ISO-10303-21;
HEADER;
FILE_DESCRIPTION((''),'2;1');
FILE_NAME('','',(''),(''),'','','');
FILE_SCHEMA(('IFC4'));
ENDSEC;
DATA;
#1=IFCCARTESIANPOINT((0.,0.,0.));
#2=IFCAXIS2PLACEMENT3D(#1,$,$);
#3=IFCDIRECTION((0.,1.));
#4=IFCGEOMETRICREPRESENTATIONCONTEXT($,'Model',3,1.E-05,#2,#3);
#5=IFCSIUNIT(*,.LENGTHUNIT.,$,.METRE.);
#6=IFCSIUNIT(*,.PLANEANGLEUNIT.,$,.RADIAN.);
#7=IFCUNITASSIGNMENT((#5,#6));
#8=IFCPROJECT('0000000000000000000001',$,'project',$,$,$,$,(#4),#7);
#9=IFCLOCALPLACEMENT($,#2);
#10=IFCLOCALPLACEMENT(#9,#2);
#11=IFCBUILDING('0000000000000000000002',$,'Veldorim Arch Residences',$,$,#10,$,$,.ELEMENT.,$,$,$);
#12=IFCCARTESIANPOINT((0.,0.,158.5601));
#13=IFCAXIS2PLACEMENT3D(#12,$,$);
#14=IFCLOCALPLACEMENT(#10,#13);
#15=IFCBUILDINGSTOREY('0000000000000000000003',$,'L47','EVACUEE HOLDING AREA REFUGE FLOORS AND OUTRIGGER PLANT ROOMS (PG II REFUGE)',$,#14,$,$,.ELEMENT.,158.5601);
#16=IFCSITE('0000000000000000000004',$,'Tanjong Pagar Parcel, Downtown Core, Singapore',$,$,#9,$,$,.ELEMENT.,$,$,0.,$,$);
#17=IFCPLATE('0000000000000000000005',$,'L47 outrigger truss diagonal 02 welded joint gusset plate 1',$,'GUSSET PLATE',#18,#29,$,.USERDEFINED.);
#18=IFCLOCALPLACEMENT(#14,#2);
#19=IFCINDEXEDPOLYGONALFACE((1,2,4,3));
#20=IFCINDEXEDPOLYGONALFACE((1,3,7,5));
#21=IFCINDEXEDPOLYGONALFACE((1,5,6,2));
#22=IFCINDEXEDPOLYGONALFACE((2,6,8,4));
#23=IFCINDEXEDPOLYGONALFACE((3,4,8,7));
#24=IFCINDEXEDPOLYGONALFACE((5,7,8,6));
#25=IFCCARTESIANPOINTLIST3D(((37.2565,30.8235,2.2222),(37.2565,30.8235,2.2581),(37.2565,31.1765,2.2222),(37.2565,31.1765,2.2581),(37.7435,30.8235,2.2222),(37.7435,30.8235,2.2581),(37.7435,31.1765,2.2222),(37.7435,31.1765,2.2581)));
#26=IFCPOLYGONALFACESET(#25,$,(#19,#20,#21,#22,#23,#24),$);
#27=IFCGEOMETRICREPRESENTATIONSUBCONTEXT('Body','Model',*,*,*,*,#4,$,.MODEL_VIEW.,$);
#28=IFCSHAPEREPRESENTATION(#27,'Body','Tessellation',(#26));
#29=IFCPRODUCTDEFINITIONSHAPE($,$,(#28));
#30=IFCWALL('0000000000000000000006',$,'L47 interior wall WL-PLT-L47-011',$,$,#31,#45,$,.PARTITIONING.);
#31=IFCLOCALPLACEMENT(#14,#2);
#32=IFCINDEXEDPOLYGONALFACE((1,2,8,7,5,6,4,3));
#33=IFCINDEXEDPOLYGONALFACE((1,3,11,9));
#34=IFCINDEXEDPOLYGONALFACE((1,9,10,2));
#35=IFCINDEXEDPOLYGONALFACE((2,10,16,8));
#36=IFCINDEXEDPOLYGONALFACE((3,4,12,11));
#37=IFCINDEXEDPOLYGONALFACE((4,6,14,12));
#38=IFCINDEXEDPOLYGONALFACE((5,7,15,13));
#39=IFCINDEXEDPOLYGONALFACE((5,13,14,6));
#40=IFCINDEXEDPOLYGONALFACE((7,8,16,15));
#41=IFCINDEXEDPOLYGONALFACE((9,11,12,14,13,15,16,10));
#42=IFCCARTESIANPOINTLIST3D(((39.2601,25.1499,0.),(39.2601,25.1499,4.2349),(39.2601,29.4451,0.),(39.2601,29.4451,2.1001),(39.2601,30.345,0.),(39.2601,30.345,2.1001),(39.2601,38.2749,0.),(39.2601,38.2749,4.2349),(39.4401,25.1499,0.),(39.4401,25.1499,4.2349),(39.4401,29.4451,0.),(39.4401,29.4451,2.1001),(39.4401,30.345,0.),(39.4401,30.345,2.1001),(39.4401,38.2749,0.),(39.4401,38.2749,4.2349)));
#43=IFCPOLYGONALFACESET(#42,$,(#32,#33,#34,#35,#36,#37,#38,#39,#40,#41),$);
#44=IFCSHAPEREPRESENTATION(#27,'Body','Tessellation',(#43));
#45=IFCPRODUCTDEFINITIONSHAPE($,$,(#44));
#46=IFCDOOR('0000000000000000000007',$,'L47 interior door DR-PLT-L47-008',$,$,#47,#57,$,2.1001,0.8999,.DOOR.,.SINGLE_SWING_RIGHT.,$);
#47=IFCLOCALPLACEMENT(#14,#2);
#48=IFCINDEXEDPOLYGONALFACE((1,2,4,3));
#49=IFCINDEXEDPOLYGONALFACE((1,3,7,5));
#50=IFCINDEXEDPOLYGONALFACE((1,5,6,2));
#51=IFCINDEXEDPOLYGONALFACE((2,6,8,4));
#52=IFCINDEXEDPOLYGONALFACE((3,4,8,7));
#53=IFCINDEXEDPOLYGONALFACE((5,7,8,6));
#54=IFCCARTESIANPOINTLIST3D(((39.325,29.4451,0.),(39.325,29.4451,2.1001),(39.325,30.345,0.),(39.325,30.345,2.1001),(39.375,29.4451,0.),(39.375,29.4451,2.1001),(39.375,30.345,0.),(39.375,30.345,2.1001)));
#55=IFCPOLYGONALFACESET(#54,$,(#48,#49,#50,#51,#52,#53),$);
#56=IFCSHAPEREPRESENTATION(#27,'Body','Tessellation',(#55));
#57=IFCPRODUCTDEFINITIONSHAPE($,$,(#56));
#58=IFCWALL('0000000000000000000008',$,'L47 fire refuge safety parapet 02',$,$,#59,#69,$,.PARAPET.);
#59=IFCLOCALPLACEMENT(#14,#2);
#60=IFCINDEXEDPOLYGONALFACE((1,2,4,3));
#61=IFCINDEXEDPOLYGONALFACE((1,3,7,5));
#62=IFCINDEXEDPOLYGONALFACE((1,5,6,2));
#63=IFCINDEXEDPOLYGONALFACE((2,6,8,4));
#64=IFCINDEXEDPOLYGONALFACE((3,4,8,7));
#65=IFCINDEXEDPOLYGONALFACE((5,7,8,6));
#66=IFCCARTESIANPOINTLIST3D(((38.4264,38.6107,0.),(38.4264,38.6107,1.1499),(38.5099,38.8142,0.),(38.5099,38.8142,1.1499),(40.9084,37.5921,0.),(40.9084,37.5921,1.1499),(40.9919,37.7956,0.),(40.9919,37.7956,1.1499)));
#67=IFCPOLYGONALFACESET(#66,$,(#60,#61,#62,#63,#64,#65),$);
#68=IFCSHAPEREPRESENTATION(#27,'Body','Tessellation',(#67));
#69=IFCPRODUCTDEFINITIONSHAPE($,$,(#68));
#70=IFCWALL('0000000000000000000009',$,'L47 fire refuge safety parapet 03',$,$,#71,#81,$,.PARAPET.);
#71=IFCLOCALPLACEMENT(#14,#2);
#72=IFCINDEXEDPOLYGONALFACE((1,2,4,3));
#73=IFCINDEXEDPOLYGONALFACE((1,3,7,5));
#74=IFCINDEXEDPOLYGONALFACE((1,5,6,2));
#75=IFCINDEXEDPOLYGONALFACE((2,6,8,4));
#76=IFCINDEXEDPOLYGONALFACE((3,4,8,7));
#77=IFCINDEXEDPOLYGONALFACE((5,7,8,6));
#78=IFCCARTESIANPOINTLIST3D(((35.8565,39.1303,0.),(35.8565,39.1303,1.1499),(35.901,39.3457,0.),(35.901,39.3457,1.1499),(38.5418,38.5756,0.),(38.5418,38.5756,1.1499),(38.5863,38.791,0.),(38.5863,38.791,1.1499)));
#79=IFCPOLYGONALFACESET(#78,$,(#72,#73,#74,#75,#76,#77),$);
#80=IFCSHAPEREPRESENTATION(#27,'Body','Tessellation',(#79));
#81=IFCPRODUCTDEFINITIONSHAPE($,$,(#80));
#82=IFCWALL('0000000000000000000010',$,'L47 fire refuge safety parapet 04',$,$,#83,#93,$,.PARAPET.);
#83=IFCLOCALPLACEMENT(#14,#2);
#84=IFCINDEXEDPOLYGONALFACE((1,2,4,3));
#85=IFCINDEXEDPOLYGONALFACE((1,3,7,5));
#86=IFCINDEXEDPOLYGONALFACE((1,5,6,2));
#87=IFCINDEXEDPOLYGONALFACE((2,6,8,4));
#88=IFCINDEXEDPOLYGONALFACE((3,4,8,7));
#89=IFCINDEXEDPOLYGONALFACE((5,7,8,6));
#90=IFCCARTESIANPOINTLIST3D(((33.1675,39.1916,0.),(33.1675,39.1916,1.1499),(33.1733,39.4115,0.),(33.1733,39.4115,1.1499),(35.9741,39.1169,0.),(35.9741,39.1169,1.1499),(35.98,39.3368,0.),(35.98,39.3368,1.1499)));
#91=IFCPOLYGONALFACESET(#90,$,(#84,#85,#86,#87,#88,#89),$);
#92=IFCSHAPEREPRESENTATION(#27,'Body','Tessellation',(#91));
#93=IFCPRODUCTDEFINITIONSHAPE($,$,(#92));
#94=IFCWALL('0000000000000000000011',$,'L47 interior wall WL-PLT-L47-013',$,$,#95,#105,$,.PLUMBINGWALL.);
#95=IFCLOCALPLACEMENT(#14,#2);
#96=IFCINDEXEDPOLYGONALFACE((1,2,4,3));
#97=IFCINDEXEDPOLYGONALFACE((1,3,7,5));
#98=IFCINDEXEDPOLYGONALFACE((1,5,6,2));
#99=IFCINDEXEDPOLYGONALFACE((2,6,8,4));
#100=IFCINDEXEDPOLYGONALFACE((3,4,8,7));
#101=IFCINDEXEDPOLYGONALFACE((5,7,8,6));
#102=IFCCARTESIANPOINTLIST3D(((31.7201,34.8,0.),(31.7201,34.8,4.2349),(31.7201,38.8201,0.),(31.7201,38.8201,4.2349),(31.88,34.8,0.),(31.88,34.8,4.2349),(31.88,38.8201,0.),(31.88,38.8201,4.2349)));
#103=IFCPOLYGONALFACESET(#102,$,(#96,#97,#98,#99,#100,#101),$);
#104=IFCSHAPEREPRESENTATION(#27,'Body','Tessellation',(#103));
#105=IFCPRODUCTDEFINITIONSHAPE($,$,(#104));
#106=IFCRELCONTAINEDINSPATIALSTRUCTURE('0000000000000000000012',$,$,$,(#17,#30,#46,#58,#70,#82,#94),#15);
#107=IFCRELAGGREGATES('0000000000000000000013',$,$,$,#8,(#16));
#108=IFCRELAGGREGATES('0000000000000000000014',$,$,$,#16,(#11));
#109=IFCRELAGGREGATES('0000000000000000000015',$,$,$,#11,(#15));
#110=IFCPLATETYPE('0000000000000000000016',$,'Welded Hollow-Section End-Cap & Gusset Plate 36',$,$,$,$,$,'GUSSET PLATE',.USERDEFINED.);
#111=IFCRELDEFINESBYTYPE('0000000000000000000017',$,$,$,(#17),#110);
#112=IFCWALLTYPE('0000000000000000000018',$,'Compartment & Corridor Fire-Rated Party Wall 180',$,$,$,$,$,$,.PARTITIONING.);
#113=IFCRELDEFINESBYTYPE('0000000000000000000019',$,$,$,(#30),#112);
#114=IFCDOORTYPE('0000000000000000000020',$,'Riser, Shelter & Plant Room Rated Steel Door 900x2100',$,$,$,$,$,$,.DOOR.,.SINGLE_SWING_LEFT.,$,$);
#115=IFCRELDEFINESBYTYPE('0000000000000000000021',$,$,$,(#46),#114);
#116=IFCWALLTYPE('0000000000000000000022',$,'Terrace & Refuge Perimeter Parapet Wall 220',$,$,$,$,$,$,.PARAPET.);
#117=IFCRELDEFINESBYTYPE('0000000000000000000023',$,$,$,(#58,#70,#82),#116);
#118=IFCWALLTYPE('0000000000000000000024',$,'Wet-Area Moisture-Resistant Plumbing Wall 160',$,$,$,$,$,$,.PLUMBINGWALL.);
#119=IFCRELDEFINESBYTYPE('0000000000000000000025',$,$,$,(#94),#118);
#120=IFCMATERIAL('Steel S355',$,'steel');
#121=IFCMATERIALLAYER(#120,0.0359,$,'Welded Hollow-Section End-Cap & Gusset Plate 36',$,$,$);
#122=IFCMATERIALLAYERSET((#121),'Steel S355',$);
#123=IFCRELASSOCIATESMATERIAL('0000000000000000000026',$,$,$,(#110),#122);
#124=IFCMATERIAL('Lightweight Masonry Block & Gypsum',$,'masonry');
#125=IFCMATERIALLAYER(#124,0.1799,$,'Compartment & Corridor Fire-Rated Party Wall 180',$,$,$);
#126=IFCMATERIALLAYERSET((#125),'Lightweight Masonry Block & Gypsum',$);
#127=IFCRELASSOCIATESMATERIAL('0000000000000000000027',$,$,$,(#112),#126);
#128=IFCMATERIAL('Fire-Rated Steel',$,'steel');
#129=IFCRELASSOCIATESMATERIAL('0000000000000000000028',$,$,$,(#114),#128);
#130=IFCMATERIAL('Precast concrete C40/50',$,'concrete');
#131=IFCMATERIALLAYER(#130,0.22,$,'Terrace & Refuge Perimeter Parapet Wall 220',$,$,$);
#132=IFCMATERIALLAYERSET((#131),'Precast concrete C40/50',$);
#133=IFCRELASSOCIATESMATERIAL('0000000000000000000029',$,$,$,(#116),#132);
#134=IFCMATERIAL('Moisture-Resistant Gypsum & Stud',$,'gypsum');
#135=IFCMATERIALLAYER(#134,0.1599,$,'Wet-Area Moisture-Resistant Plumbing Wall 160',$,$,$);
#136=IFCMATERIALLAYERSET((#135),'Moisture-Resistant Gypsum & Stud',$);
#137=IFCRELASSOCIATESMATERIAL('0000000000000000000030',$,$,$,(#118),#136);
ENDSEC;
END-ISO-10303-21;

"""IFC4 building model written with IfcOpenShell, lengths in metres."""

from ifc_helpers import new_model, si_unit, direction, frame, frame_2d, origin, origin_2d, place, context, subcontext, project, spatial, rectangle, extrude, material, layer, layer_set, type_object, element, fill, save


model = new_model("IFC4")

# Units and contexts
model_context = context("Model", 3, precision=1e-05, world=origin(), true_north=direction((0.0, 1.0)))
body_context = subcontext(model_context, "Body", "Model", "MODEL_VIEW")
ifc_project = project(units=[si_unit("LENGTHUNIT", "METRE"), si_unit("PLANEANGLEUNIT", "RADIAN")], contexts=[model_context])

# Site, building, storey
site_placement = place(None, origin())
site = spatial("IfcSite", under=ifc_project, at=site_placement, Name="Tanjong Pagar Parcel, Downtown Core, Singapore", CompositionType="ELEMENT", RefElevation=0.0)
building_placement = place(site_placement, origin())
building = spatial("IfcBuilding", under=site, at=building_placement, Name="Veldorim Arch Residences", CompositionType="ELEMENT")
storey_placement = place(building_placement, frame((0.0, 0.0, 158.5601)))
storey = spatial("IfcBuildingStorey", under=building, at=storey_placement, Name="L47", Description="EVACUEE HOLDING AREA REFUGE FLOORS AND OUTRIGGER PLANT ROOMS (PG II REFUGE)", CompositionType="ELEMENT", Elevation=158.5601)

# Plate
ifc_material_1 = material(Name="Steel S355", Category="steel")
ifc_layer_1 = layer(ifc_material_1, 0.0359, Name="Welded Hollow-Section End-Cap & Gusset Plate 36")
ifc_layer_set_1 = layer_set([ifc_layer_1], Name="Steel S355")
plate_type = type_object("IfcPlateType", Name="Welded Hollow-Section End-Cap & Gusset Plate 36", ElementType="GUSSET PLATE", PredefinedType="USERDEFINED", material=ifc_layer_set_1)
plate_placement = place(storey_placement, frame((37.5, 31.0, 2.2222), z_axis=(0.0, 0.0, 1.0), x_axis=(1.0, 0.000035, 0.0)))
element("IfcPlate", 1, at=plate_placement, inside=storey, type_object=plate_type, Name="L47 outrigger truss diagonal 02 welded joint gusset plate 1", ObjectType="GUSSET PLATE", PredefinedType="USERDEFINED", context=body_context, shape_type="SweptSolid", body=[
    extrude(rectangle(XDim=0.4871, YDim=0.353, at=origin_2d()), origin(), (0.0, 0.0, 1.0), 0.0359),
])

# Wall, opening, door
ifc_material_2 = material(Name="Lightweight Masonry Block & Gypsum", Category="masonry")
ifc_layer_2 = layer(ifc_material_2, 0.1799, Name="Compartment & Corridor Fire-Rated Party Wall 180")
ifc_layer_set_2 = layer_set([ifc_layer_2], Name="Lightweight Masonry Block & Gypsum")
wall_type_1 = type_object("IfcWallType", Name="Compartment & Corridor Fire-Rated Party Wall 180", PredefinedType="PARTITIONING", material=ifc_layer_set_2)
wall_1_placement = place(storey_placement, frame((39.3501, 38.2749, 0.0), z_axis=(0.0, 0.0, 1.0), x_axis=(0.0, -1.0, 0.0)))
wall_1 = element("IfcWall", 2, at=wall_1_placement, inside=storey, type_object=wall_type_1, Name="L47 interior wall WL-PLT-L47-011", PredefinedType="PARTITIONING", context=body_context, shape_type="SweptSolid", body=[
    extrude(rectangle(XDim=13.125, YDim=0.1799, at=frame_2d((6.5625, 0.0))), origin(), (0.0, 0.0, 1.0), 4.2349),
])
opening_placement = place(wall_1_placement, frame((7.9299, 0.0, 0.0)))
opening = element("IfcOpeningElement", 3, at=opening_placement, cuts=wall_1, PredefinedType="OPENING", context=body_context, shape_type="SweptSolid", body=[
    extrude(rectangle(XDim=0.8999, YDim=2.1001, at=frame_2d((0.45, 1.05))), frame((0.0, 0.0999, 0.0), z_axis=(0.0, -1.0, 0.0), x_axis=(1.0, 0.0, 0.0)), (0.0, 0.0, 1.0), 0.2),
])
ifc_material_3 = material(Name="Fire-Rated Steel", Category="steel")
door_type = type_object("IfcDoorType", Name="Riser, Shelter & Plant Room Rated Steel Door 900x2100", OperationType="SINGLE_SWING_LEFT", PredefinedType="DOOR", material=ifc_material_3)
door_placement = place(opening_placement, origin())
door = element("IfcDoor", 4, at=door_placement, inside=storey, type_object=door_type, Name="L47 interior door DR-PLT-L47-008", OperationType="SINGLE_SWING_RIGHT", OverallHeight=2.1001, OverallWidth=0.8999, PredefinedType="DOOR", context=body_context, shape_type="SweptSolid", body=[
    extrude(rectangle(XDim=0.8999, YDim=2.1001, at=frame_2d((0.45, 1.05))), frame((0.0, 0.0249, 0.0), z_axis=(0.0, -1.0, 0.0), x_axis=(1.0, 0.0, 0.0)), (0.0, 0.0, 1.0), 0.05),
])
fill(opening, door)

# Walls
ifc_material_4 = material(Name="Precast concrete C40/50", Category="concrete")
ifc_layer_3 = layer(ifc_material_4, 0.22, Name="Terrace & Refuge Perimeter Parapet Wall 220")
ifc_layer_set_3 = layer_set([ifc_layer_3], Name="Precast concrete C40/50")
wall_type_2 = type_object("IfcWallType", Name="Terrace & Refuge Perimeter Parapet Wall 220", PredefinedType="PARAPET", material=ifc_layer_set_3)
wall_2_placement = place(storey_placement, frame((38.4683, 38.7124, 0.0), z_axis=(0.0, 0.0, 1.0), x_axis=(0.925126, -0.37966, 0.0)))
element("IfcWall", 5, at=wall_2_placement, inside=storey, type_object=wall_type_2, Name="L47 fire refuge safety parapet 02", PredefinedType="PARAPET", context=body_context, shape_type="SweptSolid", body=[
    extrude(rectangle(XDim=2.6829, YDim=0.22, at=frame_2d((1.3413, 0.0))), origin(), (0.0, 0.0, 1.0), 1.1499),
])
wall_3_placement = place(storey_placement, frame((35.8787, 39.238, 0.0), z_axis=(0.0, 0.0, 1.0), x_axis=(0.979325, -0.202294, 0.0)))
element("IfcWall", 6, at=wall_3_placement, inside=storey, type_object=wall_type_2, Name="L47 fire refuge safety parapet 03", PredefinedType="PARAPET", context=body_context, shape_type="SweptSolid", body=[
    extrude(rectangle(XDim=2.7419, YDim=0.22, at=frame_2d((1.3711, 0.0))), origin(), (0.0, 0.0, 1.0), 1.1499),
])
wall_4_placement = place(storey_placement, frame((33.1704, 39.3015, 0.0), z_axis=(0.0, 0.0, 1.0), x_axis=(0.999646, -0.026609, 0.0)))
element("IfcWall", 7, at=wall_4_placement, inside=storey, type_object=wall_type_2, Name="L47 fire refuge safety parapet 04", PredefinedType="PARAPET", context=body_context, shape_type="SweptSolid", body=[
    extrude(rectangle(XDim=2.8076, YDim=0.22, at=frame_2d((1.4038, 0.0))), origin(), (0.0, 0.0, 1.0), 1.1499),
])
ifc_material_5 = material(Name="Moisture-Resistant Gypsum & Stud", Category="gypsum")
ifc_layer_4 = layer(ifc_material_5, 0.1599, Name="Wet-Area Moisture-Resistant Plumbing Wall 160")
ifc_layer_set_4 = layer_set([ifc_layer_4], Name="Moisture-Resistant Gypsum & Stud")
wall_type_3 = type_object("IfcWallType", Name="Wet-Area Moisture-Resistant Plumbing Wall 160", PredefinedType="PLUMBINGWALL", material=ifc_layer_set_4)
wall_5_placement = place(storey_placement, frame((31.8, 34.8, 0.0), z_axis=(0.0, 0.0, 1.0), x_axis=(0.0, 1.0, 0.0)))
element("IfcWall", 8, at=wall_5_placement, inside=storey, type_object=wall_type_3, Name="L47 interior wall WL-PLT-L47-013", PredefinedType="PLUMBINGWALL", context=body_context, shape_type="SweptSolid", body=[
    extrude(rectangle(XDim=4.02, YDim=0.1599, at=frame_2d((2.01, 0.0))), origin(), (0.0, 0.0, 1.0), 4.2349),
])

save(model, "model.ifc")
